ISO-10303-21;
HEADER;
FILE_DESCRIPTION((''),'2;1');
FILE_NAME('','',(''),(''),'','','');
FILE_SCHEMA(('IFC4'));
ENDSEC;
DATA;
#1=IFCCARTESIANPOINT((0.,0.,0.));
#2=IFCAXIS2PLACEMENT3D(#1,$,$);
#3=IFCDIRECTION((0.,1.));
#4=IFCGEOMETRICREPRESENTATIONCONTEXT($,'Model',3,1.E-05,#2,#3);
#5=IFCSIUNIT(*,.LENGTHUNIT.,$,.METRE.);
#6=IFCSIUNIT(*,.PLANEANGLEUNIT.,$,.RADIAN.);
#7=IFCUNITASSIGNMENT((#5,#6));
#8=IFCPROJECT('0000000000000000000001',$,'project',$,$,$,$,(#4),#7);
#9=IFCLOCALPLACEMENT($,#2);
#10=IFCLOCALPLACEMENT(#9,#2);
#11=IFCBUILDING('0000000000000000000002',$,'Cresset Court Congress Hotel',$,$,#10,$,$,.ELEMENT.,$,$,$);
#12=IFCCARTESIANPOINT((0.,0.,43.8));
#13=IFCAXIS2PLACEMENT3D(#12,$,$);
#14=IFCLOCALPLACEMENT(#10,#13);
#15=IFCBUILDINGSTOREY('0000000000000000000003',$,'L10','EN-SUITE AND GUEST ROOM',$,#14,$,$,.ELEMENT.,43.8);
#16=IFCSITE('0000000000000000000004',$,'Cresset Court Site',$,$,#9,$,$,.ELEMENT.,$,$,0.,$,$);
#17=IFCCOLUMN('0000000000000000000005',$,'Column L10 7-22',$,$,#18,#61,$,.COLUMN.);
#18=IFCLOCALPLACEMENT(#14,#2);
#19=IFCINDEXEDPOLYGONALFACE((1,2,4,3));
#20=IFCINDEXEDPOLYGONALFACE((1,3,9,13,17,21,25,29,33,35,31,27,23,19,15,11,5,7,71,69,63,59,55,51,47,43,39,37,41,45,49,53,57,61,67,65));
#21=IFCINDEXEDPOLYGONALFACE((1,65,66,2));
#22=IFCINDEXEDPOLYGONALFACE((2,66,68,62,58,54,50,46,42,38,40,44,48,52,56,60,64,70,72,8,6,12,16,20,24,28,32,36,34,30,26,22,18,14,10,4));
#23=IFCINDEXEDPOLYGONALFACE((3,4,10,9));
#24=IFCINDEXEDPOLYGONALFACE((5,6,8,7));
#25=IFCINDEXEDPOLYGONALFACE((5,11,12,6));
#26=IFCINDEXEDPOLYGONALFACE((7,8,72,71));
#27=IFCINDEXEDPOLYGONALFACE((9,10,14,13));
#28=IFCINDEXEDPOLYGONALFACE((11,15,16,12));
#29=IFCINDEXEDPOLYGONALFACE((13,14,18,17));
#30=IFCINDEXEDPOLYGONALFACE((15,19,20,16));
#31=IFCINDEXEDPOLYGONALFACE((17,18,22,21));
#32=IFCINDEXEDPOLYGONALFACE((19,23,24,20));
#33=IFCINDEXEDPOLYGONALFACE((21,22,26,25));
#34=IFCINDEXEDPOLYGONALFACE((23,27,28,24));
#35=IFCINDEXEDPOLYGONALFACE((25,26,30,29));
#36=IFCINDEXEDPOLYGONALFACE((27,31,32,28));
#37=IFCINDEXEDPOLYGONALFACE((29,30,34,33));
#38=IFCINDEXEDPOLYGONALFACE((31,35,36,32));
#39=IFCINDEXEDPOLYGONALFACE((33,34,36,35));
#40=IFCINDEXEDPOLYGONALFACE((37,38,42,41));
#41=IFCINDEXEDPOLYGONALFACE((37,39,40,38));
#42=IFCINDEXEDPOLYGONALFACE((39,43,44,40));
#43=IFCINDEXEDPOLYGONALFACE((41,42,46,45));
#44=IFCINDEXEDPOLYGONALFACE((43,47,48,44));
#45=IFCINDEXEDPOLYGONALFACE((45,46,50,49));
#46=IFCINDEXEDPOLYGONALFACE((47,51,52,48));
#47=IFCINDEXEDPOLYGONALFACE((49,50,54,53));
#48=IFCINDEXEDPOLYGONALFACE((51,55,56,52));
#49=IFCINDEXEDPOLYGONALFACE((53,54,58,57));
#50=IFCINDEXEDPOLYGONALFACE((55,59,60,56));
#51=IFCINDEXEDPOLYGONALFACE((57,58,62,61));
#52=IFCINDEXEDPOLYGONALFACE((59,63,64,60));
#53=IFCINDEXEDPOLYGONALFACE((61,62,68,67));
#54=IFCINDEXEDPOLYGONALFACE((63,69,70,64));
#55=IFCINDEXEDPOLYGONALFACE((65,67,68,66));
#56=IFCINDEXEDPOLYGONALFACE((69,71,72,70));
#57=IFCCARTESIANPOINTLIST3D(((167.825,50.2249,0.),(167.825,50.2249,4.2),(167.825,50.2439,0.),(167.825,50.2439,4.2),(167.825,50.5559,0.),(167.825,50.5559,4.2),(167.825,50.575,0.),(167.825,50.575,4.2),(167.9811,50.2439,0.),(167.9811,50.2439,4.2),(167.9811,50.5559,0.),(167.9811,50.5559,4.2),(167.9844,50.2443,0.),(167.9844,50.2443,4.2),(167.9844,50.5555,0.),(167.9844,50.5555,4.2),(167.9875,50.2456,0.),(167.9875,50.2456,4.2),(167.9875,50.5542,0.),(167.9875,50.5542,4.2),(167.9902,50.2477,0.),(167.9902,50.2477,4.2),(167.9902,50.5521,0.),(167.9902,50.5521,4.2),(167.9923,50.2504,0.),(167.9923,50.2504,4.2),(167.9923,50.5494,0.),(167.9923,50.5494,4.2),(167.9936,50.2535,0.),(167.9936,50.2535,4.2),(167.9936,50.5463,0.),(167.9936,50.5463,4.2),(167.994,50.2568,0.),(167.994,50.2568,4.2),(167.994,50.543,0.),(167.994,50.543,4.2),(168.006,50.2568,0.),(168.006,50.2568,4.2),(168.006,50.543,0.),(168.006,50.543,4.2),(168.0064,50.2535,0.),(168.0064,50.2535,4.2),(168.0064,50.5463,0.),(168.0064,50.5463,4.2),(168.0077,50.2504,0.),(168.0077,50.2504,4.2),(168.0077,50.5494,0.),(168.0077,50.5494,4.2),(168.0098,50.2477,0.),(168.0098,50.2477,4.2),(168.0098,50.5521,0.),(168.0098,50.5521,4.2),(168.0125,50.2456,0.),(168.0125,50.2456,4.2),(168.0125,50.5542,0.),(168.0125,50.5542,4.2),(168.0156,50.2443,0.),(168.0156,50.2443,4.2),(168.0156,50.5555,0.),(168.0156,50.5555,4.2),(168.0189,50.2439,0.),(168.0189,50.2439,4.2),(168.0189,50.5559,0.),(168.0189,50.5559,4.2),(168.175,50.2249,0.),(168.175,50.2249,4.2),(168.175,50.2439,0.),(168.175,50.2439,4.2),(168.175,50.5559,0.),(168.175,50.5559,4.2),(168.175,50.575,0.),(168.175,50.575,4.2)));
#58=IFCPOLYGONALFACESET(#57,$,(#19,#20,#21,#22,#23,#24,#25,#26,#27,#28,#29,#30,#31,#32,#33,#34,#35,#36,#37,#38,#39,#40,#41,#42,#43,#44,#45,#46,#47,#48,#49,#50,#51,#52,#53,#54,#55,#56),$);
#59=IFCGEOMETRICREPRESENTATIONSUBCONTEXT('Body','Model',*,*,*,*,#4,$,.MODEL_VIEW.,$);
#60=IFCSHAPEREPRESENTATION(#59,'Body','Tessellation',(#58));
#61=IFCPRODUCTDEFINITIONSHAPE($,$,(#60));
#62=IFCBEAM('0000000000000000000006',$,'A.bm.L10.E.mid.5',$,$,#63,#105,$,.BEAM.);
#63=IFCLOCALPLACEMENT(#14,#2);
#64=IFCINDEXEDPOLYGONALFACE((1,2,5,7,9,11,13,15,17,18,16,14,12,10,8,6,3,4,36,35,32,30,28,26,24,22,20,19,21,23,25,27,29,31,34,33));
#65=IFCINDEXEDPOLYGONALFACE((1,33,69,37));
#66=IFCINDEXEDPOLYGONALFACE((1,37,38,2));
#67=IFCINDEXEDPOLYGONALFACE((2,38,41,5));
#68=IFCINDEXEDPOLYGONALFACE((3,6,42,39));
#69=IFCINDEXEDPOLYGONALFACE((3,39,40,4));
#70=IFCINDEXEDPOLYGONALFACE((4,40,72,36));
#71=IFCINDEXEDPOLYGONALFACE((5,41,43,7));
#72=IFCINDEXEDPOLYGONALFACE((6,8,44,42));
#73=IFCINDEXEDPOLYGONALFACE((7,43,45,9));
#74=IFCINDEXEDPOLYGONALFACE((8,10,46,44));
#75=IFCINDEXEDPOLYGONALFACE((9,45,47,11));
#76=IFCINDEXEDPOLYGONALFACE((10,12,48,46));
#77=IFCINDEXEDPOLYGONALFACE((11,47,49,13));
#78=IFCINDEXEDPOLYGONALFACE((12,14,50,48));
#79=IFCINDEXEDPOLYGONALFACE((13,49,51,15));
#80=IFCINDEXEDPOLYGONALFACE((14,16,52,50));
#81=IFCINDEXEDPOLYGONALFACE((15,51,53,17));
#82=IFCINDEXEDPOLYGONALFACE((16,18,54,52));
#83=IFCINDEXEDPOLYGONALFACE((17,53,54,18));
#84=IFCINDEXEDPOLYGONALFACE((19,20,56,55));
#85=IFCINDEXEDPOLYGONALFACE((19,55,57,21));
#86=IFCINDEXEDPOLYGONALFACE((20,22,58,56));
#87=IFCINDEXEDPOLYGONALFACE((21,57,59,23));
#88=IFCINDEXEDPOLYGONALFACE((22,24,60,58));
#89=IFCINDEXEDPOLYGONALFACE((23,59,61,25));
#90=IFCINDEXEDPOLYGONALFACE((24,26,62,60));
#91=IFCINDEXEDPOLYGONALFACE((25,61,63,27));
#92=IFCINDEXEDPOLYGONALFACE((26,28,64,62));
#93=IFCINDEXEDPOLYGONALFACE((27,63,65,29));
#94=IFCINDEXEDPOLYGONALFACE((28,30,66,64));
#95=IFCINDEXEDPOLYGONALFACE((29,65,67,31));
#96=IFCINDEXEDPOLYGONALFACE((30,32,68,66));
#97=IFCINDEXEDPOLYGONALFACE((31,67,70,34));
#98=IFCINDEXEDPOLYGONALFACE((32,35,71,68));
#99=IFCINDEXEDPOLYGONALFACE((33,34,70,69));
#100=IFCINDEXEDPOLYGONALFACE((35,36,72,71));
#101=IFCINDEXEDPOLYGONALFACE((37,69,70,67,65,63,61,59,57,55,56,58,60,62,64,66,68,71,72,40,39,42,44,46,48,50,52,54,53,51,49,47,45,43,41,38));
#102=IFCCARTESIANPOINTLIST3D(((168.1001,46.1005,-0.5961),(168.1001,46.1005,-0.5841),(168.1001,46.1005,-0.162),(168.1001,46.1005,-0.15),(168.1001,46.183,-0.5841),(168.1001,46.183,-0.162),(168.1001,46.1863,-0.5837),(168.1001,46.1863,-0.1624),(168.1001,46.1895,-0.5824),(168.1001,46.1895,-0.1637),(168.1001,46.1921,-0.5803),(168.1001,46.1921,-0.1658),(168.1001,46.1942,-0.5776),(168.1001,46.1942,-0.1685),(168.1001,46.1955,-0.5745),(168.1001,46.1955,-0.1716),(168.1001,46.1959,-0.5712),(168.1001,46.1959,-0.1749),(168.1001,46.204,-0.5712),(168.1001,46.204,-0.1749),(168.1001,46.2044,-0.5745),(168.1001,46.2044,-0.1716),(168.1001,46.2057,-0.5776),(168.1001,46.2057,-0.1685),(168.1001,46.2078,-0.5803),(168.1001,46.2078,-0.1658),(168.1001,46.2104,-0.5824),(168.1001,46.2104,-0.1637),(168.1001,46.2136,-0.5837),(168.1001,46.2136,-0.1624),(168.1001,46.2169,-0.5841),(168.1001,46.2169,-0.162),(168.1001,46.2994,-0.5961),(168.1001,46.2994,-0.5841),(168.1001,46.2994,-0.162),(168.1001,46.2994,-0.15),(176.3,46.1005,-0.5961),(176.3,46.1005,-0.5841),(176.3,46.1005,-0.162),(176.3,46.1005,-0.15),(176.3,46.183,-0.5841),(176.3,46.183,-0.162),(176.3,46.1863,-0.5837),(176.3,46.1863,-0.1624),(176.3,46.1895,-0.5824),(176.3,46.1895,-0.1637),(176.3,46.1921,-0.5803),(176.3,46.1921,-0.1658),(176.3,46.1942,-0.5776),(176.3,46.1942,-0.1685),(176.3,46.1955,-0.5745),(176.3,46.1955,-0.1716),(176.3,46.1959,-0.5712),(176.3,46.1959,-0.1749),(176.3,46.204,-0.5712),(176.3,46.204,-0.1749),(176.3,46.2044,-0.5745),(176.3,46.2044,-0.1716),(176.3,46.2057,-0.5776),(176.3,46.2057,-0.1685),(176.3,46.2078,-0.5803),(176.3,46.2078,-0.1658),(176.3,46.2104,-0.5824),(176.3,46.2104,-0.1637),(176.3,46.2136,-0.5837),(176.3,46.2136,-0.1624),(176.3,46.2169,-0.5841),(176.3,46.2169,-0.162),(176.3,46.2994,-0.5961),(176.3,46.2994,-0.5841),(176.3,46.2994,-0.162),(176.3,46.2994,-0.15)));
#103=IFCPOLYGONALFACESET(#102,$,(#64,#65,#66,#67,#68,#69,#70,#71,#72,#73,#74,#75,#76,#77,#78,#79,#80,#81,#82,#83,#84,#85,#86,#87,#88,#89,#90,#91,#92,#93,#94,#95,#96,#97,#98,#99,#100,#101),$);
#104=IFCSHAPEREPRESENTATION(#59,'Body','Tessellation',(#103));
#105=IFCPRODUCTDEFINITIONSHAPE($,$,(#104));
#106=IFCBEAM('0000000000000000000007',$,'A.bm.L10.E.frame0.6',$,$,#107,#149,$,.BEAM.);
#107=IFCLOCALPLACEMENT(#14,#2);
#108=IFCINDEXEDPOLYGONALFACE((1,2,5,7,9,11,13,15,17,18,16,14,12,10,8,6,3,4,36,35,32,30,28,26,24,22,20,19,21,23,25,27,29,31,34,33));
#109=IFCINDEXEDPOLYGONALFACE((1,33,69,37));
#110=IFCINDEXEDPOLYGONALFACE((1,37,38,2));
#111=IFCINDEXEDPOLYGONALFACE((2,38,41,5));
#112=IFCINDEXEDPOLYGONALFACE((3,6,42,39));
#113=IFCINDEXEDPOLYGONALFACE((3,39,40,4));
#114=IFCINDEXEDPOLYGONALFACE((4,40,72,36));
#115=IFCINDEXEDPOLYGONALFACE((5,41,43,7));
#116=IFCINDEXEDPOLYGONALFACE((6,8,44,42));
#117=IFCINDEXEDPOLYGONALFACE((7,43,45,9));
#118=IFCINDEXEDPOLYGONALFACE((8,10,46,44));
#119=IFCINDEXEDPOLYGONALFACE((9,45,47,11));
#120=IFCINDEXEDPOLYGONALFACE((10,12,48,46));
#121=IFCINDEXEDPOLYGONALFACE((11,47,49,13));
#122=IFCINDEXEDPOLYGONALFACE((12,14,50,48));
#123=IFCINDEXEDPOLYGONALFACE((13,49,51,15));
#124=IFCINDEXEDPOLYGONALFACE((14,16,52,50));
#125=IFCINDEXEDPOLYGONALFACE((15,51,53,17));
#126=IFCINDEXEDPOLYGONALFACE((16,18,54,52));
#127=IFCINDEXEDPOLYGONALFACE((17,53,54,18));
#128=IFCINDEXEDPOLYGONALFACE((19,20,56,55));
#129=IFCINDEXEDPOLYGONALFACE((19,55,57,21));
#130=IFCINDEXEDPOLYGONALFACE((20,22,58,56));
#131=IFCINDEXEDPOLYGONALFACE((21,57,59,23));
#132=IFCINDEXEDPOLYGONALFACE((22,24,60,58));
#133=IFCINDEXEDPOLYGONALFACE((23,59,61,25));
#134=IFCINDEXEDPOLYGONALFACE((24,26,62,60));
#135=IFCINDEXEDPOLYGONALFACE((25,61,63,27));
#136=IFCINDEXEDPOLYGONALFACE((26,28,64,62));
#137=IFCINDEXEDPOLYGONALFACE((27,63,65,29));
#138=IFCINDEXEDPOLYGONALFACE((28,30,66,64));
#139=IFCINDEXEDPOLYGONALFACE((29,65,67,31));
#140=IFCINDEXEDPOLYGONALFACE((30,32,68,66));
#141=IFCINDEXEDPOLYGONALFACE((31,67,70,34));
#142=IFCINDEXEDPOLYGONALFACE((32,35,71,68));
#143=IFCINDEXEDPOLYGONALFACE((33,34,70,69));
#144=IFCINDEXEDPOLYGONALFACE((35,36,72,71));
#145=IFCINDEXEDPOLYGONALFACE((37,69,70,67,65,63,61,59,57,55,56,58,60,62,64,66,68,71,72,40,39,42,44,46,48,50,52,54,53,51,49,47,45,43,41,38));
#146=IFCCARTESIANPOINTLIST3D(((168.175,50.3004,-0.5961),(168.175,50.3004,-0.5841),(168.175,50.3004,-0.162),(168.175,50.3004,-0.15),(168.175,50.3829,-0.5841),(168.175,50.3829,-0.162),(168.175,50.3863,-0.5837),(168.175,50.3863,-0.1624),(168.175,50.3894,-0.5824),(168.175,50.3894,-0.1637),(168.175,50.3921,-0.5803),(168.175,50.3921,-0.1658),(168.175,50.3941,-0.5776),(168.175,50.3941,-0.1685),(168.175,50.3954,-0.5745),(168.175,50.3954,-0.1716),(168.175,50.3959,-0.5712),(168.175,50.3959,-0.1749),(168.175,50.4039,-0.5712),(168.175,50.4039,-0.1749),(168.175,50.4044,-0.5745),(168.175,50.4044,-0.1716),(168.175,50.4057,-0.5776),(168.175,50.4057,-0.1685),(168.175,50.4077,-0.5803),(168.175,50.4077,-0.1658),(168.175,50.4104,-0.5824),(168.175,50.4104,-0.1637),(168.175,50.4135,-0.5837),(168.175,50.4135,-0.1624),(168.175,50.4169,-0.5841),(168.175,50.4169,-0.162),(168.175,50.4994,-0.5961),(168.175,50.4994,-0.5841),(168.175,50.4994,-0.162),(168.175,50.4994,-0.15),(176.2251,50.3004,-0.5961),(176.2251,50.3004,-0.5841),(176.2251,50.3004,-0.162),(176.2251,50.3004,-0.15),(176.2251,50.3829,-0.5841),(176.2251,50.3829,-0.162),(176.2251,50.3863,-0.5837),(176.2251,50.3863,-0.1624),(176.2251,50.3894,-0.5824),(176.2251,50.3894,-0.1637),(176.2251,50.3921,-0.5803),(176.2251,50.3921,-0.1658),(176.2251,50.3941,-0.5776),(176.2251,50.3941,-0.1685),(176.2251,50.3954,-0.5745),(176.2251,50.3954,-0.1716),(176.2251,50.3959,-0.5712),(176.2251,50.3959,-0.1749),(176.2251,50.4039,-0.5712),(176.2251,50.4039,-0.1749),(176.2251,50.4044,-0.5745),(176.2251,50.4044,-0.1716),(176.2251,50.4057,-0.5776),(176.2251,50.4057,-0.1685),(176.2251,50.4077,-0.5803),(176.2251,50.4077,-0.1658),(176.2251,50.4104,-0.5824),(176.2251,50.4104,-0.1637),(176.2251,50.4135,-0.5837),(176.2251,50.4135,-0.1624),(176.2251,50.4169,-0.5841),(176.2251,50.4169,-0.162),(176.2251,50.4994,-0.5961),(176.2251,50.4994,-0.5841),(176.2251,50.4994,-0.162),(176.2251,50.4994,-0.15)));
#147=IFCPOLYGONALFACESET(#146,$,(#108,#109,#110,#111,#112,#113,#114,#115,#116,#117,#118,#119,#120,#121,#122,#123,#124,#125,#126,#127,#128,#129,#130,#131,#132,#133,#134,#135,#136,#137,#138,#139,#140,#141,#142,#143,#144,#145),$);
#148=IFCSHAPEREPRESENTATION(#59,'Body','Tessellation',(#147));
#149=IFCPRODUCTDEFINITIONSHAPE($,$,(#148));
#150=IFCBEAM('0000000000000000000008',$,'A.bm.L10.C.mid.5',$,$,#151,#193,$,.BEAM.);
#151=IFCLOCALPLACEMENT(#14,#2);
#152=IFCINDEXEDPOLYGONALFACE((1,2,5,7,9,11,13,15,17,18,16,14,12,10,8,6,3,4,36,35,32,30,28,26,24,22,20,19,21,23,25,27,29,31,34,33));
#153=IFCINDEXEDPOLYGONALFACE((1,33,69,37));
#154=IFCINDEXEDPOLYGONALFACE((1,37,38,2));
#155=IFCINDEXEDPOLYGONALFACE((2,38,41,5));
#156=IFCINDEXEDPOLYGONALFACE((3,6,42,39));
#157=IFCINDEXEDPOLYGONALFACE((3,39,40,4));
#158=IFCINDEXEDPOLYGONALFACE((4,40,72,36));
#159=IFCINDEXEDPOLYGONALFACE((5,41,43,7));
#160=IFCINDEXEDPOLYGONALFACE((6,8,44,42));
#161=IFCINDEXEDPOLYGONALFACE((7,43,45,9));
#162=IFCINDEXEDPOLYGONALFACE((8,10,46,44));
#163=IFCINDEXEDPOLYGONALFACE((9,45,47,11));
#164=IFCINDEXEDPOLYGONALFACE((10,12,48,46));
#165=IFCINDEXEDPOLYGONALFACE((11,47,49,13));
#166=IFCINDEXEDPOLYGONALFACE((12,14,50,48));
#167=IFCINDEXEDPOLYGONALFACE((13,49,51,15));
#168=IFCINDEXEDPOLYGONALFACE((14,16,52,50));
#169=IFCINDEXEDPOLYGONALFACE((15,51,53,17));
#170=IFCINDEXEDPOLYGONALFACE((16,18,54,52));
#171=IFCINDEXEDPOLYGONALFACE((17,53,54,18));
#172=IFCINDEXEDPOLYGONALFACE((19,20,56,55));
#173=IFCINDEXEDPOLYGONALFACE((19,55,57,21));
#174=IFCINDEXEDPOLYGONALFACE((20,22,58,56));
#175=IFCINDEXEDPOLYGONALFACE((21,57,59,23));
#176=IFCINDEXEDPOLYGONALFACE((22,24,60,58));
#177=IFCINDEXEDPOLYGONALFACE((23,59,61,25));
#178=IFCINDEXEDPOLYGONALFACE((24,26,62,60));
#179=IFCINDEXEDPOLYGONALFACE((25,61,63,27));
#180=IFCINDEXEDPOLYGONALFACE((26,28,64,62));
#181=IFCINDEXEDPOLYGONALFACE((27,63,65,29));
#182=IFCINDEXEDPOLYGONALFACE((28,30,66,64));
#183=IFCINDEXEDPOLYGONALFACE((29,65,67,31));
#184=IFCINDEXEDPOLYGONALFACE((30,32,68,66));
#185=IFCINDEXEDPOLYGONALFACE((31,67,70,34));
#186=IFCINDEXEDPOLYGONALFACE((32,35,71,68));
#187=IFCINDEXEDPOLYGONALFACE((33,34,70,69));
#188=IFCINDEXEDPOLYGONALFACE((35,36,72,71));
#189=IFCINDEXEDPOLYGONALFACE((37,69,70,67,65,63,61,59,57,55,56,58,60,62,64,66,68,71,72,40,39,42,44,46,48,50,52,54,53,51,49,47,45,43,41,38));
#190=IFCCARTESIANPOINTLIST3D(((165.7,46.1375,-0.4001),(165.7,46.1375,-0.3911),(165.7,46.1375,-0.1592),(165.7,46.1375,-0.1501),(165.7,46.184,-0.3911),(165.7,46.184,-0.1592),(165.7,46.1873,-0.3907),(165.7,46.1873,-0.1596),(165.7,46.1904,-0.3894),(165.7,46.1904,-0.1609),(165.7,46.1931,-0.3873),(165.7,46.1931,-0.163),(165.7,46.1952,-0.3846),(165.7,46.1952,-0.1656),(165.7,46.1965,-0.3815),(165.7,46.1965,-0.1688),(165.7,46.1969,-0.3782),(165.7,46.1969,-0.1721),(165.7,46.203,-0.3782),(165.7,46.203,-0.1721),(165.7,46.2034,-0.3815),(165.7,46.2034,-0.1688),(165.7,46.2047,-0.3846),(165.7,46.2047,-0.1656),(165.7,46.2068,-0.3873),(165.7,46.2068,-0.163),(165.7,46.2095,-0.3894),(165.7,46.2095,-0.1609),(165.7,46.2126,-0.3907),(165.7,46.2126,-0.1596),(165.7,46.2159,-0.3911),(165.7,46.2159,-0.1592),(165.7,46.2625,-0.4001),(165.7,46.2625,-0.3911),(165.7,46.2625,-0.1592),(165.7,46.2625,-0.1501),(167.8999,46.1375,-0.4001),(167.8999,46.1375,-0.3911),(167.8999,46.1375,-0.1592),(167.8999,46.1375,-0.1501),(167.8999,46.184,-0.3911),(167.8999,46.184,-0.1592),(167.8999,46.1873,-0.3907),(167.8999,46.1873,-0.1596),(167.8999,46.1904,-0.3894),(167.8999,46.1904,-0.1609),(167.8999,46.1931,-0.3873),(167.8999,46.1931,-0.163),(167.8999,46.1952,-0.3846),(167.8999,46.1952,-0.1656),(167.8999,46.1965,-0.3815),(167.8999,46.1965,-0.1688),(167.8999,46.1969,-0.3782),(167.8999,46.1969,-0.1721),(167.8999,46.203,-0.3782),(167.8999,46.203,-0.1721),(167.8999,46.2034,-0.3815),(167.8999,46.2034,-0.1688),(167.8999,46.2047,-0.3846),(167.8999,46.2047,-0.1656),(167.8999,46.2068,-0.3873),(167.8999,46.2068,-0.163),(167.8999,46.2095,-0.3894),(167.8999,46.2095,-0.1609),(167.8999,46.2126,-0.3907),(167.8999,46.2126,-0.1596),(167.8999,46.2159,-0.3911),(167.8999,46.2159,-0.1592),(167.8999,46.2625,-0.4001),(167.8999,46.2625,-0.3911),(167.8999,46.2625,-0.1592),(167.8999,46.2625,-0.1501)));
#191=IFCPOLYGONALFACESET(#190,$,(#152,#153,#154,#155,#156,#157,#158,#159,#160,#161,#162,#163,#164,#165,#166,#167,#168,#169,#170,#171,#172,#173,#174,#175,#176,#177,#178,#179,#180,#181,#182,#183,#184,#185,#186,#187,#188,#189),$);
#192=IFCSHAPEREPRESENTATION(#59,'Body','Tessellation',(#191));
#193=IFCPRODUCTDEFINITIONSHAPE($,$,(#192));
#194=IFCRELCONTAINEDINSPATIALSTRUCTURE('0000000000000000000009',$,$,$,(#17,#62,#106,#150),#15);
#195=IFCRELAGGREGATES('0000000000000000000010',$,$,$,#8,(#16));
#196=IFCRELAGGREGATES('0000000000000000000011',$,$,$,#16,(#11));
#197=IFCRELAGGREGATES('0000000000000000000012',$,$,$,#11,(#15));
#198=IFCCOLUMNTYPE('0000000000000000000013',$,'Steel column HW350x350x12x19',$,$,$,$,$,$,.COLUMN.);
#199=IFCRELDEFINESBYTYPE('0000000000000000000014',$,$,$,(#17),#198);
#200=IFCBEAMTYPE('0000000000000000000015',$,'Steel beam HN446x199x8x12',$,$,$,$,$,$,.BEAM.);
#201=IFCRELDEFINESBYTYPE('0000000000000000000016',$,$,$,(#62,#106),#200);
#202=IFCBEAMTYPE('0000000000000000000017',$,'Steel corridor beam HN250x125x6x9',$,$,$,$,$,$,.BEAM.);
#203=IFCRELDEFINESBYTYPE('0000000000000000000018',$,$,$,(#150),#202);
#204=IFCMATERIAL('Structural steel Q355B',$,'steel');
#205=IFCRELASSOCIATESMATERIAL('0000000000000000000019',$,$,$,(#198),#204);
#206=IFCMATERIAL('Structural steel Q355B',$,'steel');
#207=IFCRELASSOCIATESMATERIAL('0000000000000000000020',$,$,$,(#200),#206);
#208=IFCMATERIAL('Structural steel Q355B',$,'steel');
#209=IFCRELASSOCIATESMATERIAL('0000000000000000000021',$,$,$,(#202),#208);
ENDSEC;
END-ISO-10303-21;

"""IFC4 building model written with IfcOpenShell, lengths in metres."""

from ifc_helpers import new_model, si_unit, direction, frame, origin, origin_2d, place, context, subcontext, project, spatial, i_section, extrude, material, material_profile, profile_set, type_object, element, save


model = new_model("IFC4")

# Units and contexts
model_context = context("Model", 3, precision=1e-05, world=origin(), true_north=direction((0.0, 1.0)))
body_context = subcontext(model_context, "Body", "Model", "MODEL_VIEW")
ifc_project = project(units=[si_unit("LENGTHUNIT", "METRE"), si_unit("PLANEANGLEUNIT", "RADIAN")], contexts=[model_context])

# Site, building, storey
site_placement = place(None, origin())
site = spatial("IfcSite", under=ifc_project, at=site_placement, Name="Cresset Court Site", CompositionType="ELEMENT", RefElevation=0.0)
building_placement = place(site_placement, origin())
building = spatial("IfcBuilding", under=site, at=building_placement, Name="Cresset Court Congress Hotel", CompositionType="ELEMENT")
storey_placement = place(building_placement, frame((0.0, 0.0, 43.8)))
storey = spatial("IfcBuildingStorey", under=building, at=storey_placement, Name="L10", Description="EN-SUITE AND GUEST ROOM", CompositionType="ELEMENT", Elevation=43.8)

# Column
ifc_material_1 = material(Name="Structural steel Q355B", Category="steel")
ifc_material_profile_1 = material_profile(ifc_material_1, i_section(OverallWidth=0.3501, OverallDepth=0.3501, WebThickness=0.012, FlangeThickness=0.019, FilletRadius=0.0129, at=origin_2d()), Name="HW350x350x12x19")
ifc_profile_set_1 = profile_set([ifc_material_profile_1], Name="Structural steel Q355B")
column_type = type_object("IfcColumnType", Name="Steel column HW350x350x12x19", PredefinedType="COLUMN", material=ifc_profile_set_1)
column_placement = place(storey_placement, frame((168.0, 50.3999, 0.0), z_axis=(0.0, 0.0, 1.0), x_axis=(1.0, 0.0, 0.0)))
element("IfcColumn", 1, at=column_placement, inside=storey, type_object=column_type, Name="Column L10 7-22", PredefinedType="COLUMN", context=body_context, shape_type="SweptSolid", body=[
    extrude(i_section(OverallWidth=0.3501, OverallDepth=0.3501, WebThickness=0.012, FlangeThickness=0.019, FilletRadius=0.0129, at=origin_2d()), origin(), (0.0, 0.0, 1.0), 4.2),
])

# Beams
ifc_material_2 = material(Name="Structural steel Q355B", Category="steel")
ifc_material_profile_2 = material_profile(ifc_material_2, i_section(OverallWidth=0.199, OverallDepth=0.446, WebThickness=0.0081, FlangeThickness=0.012, FilletRadius=0.0129, at=origin_2d()), Name="HN446x199x8x12")
ifc_profile_set_2 = profile_set([ifc_material_profile_2], Name="Structural steel Q355B")
beam_type_1 = type_object("IfcBeamType", Name="Steel beam HN446x199x8x12", PredefinedType="BEAM", material=ifc_profile_set_2)
beam_1_placement = place(storey_placement, frame((168.1001, 46.2, -0.373), z_axis=(1.0, 0.0, 0.0), x_axis=(0.0, 1.0, 0.0)))
element("IfcBeam", 2, at=beam_1_placement, inside=storey, type_object=beam_type_1, Name="A.bm.L10.E.mid.5", PredefinedType="BEAM", context=body_context, shape_type="SweptSolid", body=[
    extrude(i_section(OverallWidth=0.199, OverallDepth=0.446, WebThickness=0.0081, FlangeThickness=0.012, FilletRadius=0.0129, at=origin_2d()), origin(), (0.0, 0.0, 1.0), 8.2),
])
beam_2_placement = place(storey_placement, frame((168.175, 50.3999, -0.373), z_axis=(1.0, 0.0, 0.0), x_axis=(0.0, 1.0, 0.0)))
element("IfcBeam", 3, at=beam_2_placement, inside=storey, type_object=beam_type_1, Name="A.bm.L10.E.frame0.6", PredefinedType="BEAM", context=body_context, shape_type="SweptSolid", body=[
    extrude(i_section(OverallWidth=0.199, OverallDepth=0.446, WebThickness=0.0081, FlangeThickness=0.012, FilletRadius=0.0129, at=origin_2d()), origin(), (0.0, 0.0, 1.0), 8.05),
])
ifc_material_3 = material(Name="Structural steel Q355B", Category="steel")
ifc_material_profile_3 = material_profile(ifc_material_3, i_section(OverallWidth=0.125, OverallDepth=0.25, WebThickness=0.0061, FlangeThickness=0.009, FilletRadius=0.0129, at=origin_2d()), Name="HN250x125x6x9")
ifc_profile_set_3 = profile_set([ifc_material_profile_3], Name="Structural steel Q355B")
beam_type_2 = type_object("IfcBeamType", Name="Steel corridor beam HN250x125x6x9", PredefinedType="BEAM", material=ifc_profile_set_3)
beam_3_placement = place(storey_placement, frame((165.7, 46.2, -0.2751), z_axis=(1.0, 0.0, 0.0), x_axis=(0.0, 1.0, 0.0)))
element("IfcBeam", 4, at=beam_3_placement, inside=storey, type_object=beam_type_2, Name="A.bm.L10.C.mid.5", PredefinedType="BEAM", context=body_context, shape_type="SweptSolid", body=[
    extrude(i_section(OverallWidth=0.125, OverallDepth=0.25, WebThickness=0.0061, FlangeThickness=0.009, FilletRadius=0.0129, at=origin_2d()), origin(), (0.0, 0.0, 1.0), 2.2),
])

save(model, "model.ifc")
